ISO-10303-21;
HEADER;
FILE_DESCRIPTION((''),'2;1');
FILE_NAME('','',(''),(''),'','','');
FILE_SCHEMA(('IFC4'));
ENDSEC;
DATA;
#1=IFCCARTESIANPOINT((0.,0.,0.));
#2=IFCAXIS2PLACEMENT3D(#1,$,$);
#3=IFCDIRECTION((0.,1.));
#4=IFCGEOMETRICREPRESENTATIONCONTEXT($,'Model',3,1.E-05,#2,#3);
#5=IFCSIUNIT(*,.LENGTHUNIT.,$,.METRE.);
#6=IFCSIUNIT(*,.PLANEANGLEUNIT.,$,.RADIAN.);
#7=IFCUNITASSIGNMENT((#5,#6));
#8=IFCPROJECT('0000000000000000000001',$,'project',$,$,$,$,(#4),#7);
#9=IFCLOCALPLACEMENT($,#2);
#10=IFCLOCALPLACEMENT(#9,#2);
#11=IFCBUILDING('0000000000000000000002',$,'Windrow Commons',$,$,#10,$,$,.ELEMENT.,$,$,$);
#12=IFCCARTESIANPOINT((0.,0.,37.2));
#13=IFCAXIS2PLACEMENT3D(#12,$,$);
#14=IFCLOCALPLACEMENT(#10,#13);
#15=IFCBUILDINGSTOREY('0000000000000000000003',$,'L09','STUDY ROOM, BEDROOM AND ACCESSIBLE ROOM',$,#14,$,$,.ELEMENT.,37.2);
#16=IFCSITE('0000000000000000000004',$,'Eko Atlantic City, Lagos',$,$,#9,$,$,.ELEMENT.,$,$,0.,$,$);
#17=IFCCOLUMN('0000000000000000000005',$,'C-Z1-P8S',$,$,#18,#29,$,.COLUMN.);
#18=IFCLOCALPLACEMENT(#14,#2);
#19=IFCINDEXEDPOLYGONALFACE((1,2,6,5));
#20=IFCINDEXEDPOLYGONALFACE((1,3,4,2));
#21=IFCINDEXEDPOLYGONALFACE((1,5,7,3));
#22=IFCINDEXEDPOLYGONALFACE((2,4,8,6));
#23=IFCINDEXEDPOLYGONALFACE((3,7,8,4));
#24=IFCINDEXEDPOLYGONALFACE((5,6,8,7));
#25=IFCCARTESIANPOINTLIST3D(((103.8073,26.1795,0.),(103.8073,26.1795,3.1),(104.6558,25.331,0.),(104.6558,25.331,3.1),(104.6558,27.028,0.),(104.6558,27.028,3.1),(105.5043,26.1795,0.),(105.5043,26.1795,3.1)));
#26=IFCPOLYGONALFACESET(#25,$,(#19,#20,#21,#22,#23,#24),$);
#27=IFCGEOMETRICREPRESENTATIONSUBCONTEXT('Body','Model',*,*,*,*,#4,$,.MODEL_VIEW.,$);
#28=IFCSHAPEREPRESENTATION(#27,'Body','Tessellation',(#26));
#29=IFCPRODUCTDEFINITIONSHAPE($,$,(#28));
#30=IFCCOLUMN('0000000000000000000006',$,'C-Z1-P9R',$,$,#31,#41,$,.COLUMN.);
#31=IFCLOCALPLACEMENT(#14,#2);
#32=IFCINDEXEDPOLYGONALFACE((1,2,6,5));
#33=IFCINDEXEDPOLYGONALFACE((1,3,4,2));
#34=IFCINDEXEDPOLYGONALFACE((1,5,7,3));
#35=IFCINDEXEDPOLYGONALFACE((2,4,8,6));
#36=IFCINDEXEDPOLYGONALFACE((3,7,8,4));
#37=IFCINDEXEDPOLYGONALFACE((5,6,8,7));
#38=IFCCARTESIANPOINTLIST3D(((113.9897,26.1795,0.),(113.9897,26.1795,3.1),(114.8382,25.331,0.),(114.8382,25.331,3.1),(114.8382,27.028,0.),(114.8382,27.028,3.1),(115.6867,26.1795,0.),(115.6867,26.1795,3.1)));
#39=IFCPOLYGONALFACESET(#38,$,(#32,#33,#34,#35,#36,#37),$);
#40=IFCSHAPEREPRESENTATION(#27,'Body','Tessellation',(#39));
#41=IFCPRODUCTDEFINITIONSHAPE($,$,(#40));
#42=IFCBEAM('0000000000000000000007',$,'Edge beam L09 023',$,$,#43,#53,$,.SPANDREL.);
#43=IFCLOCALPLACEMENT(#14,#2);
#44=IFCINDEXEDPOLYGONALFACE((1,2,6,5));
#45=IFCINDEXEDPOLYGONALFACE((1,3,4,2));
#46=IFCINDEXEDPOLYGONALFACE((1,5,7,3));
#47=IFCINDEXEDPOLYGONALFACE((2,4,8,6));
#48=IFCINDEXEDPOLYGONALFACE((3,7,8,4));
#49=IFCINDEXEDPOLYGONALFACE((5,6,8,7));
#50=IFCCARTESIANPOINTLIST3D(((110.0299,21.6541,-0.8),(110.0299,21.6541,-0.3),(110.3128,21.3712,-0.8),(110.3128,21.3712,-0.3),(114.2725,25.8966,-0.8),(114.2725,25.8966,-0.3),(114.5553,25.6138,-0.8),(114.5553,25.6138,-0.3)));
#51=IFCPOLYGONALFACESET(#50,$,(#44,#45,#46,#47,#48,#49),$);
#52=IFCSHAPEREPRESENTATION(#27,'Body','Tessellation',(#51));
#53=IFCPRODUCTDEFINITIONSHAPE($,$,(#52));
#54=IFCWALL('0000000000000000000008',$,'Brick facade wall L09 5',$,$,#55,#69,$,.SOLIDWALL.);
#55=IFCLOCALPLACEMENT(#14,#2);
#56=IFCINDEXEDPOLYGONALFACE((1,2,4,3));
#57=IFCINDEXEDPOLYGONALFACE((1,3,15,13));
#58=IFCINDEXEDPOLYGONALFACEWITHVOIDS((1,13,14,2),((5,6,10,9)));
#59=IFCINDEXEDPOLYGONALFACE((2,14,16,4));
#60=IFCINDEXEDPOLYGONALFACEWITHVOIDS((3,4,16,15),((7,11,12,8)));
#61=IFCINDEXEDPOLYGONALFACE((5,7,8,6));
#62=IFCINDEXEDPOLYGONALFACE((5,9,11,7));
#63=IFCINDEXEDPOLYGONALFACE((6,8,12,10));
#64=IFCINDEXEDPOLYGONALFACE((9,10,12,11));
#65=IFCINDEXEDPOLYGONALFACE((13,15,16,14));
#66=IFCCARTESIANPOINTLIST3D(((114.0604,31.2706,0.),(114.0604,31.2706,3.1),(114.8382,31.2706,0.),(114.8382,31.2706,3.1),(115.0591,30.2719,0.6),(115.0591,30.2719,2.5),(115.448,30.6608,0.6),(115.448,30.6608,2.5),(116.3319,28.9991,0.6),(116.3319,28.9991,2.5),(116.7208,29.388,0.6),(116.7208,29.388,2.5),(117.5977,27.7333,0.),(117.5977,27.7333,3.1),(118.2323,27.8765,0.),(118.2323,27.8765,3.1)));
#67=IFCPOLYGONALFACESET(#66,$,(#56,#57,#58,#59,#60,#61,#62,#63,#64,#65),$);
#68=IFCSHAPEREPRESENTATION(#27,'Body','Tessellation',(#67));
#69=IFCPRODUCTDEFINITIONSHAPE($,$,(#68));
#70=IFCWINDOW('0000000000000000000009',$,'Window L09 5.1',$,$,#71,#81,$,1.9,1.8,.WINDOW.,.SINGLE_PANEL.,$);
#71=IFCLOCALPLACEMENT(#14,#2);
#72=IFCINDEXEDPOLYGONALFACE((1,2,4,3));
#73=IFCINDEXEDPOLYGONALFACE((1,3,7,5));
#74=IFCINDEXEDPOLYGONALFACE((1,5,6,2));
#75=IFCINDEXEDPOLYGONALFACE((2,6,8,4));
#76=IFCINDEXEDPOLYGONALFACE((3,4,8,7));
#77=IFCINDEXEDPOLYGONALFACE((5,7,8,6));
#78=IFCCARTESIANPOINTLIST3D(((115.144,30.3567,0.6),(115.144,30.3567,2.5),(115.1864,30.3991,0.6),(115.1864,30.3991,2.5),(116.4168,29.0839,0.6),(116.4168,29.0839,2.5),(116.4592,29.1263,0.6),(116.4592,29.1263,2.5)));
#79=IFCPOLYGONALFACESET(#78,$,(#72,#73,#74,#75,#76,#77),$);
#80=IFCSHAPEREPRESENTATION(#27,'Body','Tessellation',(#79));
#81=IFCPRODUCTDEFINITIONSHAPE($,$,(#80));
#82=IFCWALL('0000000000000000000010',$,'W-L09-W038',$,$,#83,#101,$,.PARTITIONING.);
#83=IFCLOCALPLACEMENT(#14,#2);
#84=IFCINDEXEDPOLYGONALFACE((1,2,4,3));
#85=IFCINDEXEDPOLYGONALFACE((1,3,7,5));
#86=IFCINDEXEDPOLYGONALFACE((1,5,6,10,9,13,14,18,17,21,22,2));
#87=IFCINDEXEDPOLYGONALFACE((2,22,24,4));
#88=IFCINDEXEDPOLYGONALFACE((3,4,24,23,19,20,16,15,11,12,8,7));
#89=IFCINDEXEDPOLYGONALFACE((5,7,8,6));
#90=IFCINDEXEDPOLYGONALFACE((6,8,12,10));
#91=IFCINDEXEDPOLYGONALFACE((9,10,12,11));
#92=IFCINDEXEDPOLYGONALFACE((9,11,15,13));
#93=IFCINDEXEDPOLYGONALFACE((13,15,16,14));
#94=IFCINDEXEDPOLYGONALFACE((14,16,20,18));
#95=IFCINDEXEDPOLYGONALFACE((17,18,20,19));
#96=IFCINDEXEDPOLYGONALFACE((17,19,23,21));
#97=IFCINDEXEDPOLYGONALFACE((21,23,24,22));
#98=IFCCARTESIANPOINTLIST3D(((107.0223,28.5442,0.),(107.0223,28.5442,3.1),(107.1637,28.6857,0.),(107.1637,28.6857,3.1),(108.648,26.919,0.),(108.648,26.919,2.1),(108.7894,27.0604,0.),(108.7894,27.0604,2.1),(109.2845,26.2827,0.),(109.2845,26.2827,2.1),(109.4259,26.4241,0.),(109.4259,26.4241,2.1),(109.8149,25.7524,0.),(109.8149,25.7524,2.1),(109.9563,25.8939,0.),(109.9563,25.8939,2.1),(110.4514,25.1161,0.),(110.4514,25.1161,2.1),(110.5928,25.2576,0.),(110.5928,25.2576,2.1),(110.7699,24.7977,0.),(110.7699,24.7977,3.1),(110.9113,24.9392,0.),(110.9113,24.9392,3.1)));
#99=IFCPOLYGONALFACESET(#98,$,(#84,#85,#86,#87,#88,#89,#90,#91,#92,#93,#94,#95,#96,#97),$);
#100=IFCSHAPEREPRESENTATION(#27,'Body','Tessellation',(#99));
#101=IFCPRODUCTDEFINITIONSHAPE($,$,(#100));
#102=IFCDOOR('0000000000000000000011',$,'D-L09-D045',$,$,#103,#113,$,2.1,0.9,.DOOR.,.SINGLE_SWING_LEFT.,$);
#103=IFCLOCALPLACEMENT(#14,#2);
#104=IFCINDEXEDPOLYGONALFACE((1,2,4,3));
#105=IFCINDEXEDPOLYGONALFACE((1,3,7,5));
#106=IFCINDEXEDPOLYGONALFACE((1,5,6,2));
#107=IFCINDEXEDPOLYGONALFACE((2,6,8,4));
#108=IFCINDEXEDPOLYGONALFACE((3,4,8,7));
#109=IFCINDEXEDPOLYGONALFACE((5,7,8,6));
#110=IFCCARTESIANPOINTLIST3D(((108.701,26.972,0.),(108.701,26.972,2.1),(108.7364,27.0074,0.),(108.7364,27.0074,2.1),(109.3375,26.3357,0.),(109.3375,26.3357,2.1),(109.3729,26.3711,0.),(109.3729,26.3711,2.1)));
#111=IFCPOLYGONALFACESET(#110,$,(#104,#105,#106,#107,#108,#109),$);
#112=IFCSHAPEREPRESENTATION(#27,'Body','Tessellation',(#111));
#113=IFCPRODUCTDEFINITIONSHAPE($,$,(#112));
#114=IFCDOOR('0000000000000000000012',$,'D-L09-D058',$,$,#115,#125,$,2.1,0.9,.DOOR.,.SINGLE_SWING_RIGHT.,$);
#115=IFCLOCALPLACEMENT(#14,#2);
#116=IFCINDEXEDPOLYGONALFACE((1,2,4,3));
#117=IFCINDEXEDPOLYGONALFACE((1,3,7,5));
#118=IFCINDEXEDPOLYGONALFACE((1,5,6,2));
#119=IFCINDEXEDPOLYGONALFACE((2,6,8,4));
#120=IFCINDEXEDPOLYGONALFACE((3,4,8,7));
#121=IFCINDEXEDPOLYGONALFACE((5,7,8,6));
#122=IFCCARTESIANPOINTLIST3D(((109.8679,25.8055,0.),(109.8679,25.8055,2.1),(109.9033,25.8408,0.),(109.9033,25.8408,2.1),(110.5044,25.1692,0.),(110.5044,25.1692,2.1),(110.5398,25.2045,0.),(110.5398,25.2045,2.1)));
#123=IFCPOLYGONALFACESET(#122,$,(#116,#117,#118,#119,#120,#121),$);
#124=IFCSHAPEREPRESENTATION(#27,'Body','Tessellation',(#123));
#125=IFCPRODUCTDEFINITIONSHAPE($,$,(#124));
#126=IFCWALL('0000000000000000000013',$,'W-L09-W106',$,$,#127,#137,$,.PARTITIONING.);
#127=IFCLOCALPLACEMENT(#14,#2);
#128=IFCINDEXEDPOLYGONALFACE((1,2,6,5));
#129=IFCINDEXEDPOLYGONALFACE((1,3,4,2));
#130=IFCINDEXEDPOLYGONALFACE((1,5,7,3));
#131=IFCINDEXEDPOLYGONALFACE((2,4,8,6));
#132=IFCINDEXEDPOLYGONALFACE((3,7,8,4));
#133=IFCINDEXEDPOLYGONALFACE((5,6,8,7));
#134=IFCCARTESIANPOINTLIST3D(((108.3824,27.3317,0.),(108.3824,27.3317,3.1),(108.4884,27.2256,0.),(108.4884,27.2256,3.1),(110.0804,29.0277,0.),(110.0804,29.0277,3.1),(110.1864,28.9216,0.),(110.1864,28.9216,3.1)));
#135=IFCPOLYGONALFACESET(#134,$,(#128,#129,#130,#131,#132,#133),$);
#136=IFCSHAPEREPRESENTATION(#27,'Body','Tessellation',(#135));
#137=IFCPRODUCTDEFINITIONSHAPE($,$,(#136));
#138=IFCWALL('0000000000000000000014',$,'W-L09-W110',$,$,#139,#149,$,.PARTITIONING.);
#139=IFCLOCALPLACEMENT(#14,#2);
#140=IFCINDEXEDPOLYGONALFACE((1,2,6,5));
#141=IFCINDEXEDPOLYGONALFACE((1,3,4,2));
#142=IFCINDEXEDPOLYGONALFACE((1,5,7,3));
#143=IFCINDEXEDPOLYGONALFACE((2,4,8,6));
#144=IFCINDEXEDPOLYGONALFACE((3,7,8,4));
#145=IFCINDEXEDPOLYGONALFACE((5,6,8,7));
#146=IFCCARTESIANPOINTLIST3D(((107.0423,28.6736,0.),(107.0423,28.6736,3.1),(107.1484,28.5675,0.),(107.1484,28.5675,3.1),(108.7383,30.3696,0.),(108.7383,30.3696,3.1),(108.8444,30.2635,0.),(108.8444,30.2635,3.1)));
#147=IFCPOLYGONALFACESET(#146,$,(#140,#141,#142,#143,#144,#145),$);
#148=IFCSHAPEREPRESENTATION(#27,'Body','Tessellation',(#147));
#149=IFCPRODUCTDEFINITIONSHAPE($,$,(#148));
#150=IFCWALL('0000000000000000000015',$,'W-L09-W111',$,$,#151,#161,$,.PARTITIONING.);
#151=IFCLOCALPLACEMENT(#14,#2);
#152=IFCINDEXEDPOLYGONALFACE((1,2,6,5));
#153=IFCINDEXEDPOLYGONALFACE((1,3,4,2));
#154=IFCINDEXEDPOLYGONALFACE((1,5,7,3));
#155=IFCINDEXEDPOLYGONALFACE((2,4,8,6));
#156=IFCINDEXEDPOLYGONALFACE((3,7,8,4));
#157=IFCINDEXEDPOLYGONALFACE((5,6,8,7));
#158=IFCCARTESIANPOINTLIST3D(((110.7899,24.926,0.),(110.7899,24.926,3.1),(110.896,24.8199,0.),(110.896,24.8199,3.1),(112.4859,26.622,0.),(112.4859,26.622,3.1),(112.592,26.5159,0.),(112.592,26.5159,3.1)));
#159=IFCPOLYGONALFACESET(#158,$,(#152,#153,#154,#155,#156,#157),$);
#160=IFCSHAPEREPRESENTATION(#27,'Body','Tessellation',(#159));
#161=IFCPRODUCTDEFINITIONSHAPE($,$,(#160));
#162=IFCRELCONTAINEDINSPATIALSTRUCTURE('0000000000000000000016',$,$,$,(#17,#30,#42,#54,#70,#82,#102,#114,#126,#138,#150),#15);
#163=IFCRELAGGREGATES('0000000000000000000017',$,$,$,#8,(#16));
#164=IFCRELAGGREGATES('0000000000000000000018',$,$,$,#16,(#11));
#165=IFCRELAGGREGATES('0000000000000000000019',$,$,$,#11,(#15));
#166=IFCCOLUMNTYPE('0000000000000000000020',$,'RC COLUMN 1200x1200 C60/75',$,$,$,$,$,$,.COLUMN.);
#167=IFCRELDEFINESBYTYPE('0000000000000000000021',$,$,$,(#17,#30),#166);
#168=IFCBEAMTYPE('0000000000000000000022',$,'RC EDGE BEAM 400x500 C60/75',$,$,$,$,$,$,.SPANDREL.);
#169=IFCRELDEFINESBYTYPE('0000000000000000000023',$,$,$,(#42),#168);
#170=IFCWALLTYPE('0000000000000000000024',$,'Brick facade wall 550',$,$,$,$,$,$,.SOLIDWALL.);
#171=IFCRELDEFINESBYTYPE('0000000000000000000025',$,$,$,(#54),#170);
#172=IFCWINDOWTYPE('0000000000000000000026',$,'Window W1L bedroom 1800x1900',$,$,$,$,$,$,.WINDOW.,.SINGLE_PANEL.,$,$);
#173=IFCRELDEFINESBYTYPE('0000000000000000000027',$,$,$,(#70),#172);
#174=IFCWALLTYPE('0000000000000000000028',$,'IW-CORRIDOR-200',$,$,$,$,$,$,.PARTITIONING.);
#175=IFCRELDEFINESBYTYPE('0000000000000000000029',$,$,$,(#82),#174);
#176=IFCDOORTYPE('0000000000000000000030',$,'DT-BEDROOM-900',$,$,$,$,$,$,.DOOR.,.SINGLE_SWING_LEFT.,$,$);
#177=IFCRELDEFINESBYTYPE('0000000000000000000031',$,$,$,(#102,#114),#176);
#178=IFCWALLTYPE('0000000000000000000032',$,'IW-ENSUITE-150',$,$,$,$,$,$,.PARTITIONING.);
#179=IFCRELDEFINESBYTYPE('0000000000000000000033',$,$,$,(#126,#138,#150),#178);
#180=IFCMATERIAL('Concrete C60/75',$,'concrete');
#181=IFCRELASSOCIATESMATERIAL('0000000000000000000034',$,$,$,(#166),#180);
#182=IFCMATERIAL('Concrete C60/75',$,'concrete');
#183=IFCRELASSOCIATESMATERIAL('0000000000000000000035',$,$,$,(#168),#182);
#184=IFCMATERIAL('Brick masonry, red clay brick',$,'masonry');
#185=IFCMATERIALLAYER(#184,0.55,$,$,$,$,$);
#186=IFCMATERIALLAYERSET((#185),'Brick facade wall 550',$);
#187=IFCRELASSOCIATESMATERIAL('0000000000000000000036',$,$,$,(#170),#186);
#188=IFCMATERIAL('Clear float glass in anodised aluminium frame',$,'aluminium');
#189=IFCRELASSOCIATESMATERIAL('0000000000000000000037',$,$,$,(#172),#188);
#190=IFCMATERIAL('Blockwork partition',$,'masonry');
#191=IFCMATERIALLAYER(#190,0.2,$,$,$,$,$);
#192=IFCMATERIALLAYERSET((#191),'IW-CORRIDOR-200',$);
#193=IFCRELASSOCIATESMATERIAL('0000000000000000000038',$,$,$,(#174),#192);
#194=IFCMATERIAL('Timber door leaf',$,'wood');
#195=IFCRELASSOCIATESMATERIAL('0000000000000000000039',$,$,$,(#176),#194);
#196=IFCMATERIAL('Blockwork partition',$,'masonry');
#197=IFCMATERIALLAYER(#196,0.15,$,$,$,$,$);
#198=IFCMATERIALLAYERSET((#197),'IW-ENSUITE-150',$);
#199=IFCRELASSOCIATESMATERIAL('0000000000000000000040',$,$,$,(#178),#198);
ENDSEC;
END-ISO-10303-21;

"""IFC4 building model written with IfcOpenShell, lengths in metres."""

from ifc_helpers import new_model, si_unit, direction, frame, frame_2d, origin, origin_2d, place, context, subcontext, project, spatial, polyline, rectangle, outline, extrude, material, layer, layer_set, material_profile, profile_set, type_object, element, fill, save


model = new_model("IFC4")

# Units and contexts
model_context = context("Model", 3, precision=1e-05, world=origin(), true_north=direction((0.0, 1.0)))
body_context = subcontext(model_context, "Body", "Model", "MODEL_VIEW")
ifc_project = project(units=[si_unit("LENGTHUNIT", "METRE"), si_unit("PLANEANGLEUNIT", "RADIAN")], contexts=[model_context])

# Site, building, storey
site_placement = place(None, origin())
site = spatial("IfcSite", under=ifc_project, at=site_placement, Name="Eko Atlantic City, Lagos", CompositionType="ELEMENT", RefElevation=0.0)
building_placement = place(site_placement, origin())
building = spatial("IfcBuilding", under=site, at=building_placement, Name="Windrow Commons", CompositionType="ELEMENT")
storey_placement = place(building_placement, frame((0.0, 0.0, 37.2)))
storey = spatial("IfcBuildingStorey", under=building, at=storey_placement, Name="L09", Description="STUDY ROOM, BEDROOM AND ACCESSIBLE ROOM", CompositionType="ELEMENT", Elevation=37.2)

# Columns
ifc_material_1 = material(Name="Concrete C60/75", Category="concrete")
ifc_material_profile_1 = material_profile(ifc_material_1, rectangle(XDim=1.2, YDim=1.2, at=origin_2d()))
ifc_profile_set_1 = profile_set([ifc_material_profile_1], Name="Concrete C60/75")
column_type = type_object("IfcColumnType", Name="RC COLUMN 1200x1200 C60/75", PredefinedType="COLUMN", material=ifc_profile_set_1)
for number, where, z_axis, x_axis, name in (
    (1, (104.6558, 26.1795, 0.0), (0.0, 0.0, 1.0), (0.707107, -0.707107, 0.0), "C-Z1-P8S"),
    (2, (114.8382, 26.1795, 0.0), (0.0, 0.0, 1.0), (0.707107, -0.707107, 0.0), "C-Z1-P9R"),
):
    element("IfcColumn", number, at=place(storey_placement, frame(where, z_axis=z_axis, x_axis=x_axis)), inside=storey, type_object=column_type, Name=name, PredefinedType="COLUMN", context=body_context, shape_type="SweptSolid", body=[
        extrude(rectangle(XDim=1.2, YDim=1.2, at=origin_2d()), origin(), (0.0, 0.0, 1.0), 3.1),
    ])

# Beam
ifc_material_2 = material(Name="Concrete C60/75", Category="concrete")
ifc_material_profile_2 = material_profile(ifc_material_2, rectangle(XDim=0.4, YDim=0.5, at=origin_2d()))
ifc_profile_set_2 = profile_set([ifc_material_profile_2], Name="Concrete C60/75")
beam_type = type_object("IfcBeamType", Name="RC EDGE BEAM 400x500 C60/75", PredefinedType="SPANDREL", material=ifc_profile_set_2)
beam_placement = place(storey_placement, frame((114.4139, 25.7552, -0.55), z_axis=(-0.707107, -0.707107, 0.0), x_axis=(0.707107, -0.707107, 0.0)))
element("IfcBeam", 3, at=beam_placement, inside=storey, type_object=beam_type, Name="Edge beam L09 023", PredefinedType="SPANDREL", context=body_context, shape_type="SweptSolid", body=[
    extrude(rectangle(XDim=0.4, YDim=0.5, at=origin_2d()), origin(), (0.0, 0.0, 1.0), 5.9999),
])

# Wall, opening, window
ifc_material_3 = material(Name="Brick masonry, red clay brick", Category="masonry")
ifc_layer_1 = layer(ifc_material_3, 0.55)
ifc_layer_set_1 = layer_set([ifc_layer_1], Name="Brick facade wall 550")
wall_type_1 = type_object("IfcWallType", Name="Brick facade wall 550", PredefinedType="SOLIDWALL", material=ifc_layer_set_1)
wall_1_placement = place(storey_placement, frame((117.915, 27.8049, 0.0), z_axis=(0.0, 0.0, 1.0), x_axis=(-0.707107, 0.707107, 0.0)))
wall_1 = element("IfcWall", 4, at=wall_1_placement, inside=storey, type_object=wall_type_1, Name="Brick facade wall L09 5", PredefinedType="SOLIDWALL", context=body_context, shape_type="SweptSolid", body=[
    extrude(outline(polyline([(-0.1738, -0.275), (4.6262, -0.275), (5.1762, 0.275), (0.1738, 0.275), (-0.1738, -0.275)])), origin(), (0.0, 0.0, 1.0), 3.1),
])
opening_1_placement = place(wall_1_placement, frame((1.9638, 0.0, 0.6)))
opening_1 = element("IfcOpeningElement", 5, at=opening_1_placement, cuts=wall_1, PredefinedType="OPENING", context=body_context, shape_type="SweptSolid", body=[
    extrude(rectangle(XDim=1.8, YDim=1.9, at=frame_2d((0.9, 0.95))), frame((0.0, 0.285, 0.0), z_axis=(0.0, -1.0, 0.0), x_axis=(1.0, 0.0, 0.0)), (0.0, 0.0, 1.0), 0.57),
])
ifc_material_4 = material(Name="Clear float glass in anodised aluminium frame", Category="aluminium")
window_type = type_object("IfcWindowType", Name="Window W1L bedroom 1800x1900", PartitioningType="SINGLE_PANEL", PredefinedType="WINDOW", material=ifc_material_4)
window_placement = place(opening_1_placement, origin())
window = element("IfcWindow", 6, at=window_placement, inside=storey, type_object=window_type, Name="Window L09 5.1", OverallHeight=1.9, OverallWidth=1.8, PartitioningType="SINGLE_PANEL", PredefinedType="WINDOW", context=body_context, shape_type="SweptSolid", body=[
    extrude(rectangle(XDim=1.8, YDim=1.9, at=frame_2d((0.9, 0.95))), frame((0.0, 0.155, 0.0), z_axis=(0.0, -1.0, 0.0), x_axis=(1.0, 0.0, 0.0)), (0.0, 0.0, 1.0), 0.06),
])
fill(opening_1, window)

# Wall, openings, doors
ifc_material_5 = material(Name="Blockwork partition", Category="masonry")
ifc_layer_2 = layer(ifc_material_5, 0.2)
ifc_layer_set_2 = layer_set([ifc_layer_2], Name="IW-CORRIDOR-200")
wall_type_2 = type_object("IfcWallType", Name="IW-CORRIDOR-200", PredefinedType="PARTITIONING", material=ifc_layer_set_2)
wall_2_placement = place(storey_placement, frame((107.093, 28.615, 0.0), z_axis=(0.0, 0.0, 1.0), x_axis=(0.707201, -0.707012, 0.0)))
wall_2 = element("IfcWall", 7, at=wall_2_placement, inside=storey, type_object=wall_type_2, Name="W-L09-W038", PredefinedType="PARTITIONING", context=body_context, shape_type="SweptSolid", body=[
    extrude(rectangle(XDim=5.2991, YDim=0.2, at=frame_2d((2.6496, 0.0))), origin(), (0.0, 0.0, 1.0), 3.1),
])
opening_2_placement = place(wall_2_placement, frame((2.2988, 0.0, 0.0)))
opening_2 = element("IfcOpeningElement", 8, at=opening_2_placement, cuts=wall_2, PredefinedType="OPENING", context=body_context, shape_type="SweptSolid", body=[
    extrude(rectangle(XDim=0.9, YDim=2.1, at=frame_2d((0.45, 1.05))), frame((0.0, 0.11, 0.0), z_axis=(0.0, -1.0, 0.0), x_axis=(1.0, 0.0, 0.0)), (0.0, 0.0, 1.0), 0.22),
])
opening_3_placement = place(wall_2_placement, frame((3.9488, 0.0, 0.0)))
opening_3 = element("IfcOpeningElement", 9, at=opening_3_placement, cuts=wall_2, PredefinedType="OPENING", context=body_context, shape_type="SweptSolid", body=[
    extrude(rectangle(XDim=0.9, YDim=2.1, at=frame_2d((0.45, 1.05))), frame((0.0, 0.11, 0.0), z_axis=(0.0, -1.0, 0.0), x_axis=(1.0, 0.0, 0.0)), (0.0, 0.0, 1.0), 0.22),
])
ifc_material_6 = material(Name="Timber door leaf", Category="wood")
door_type_1 = type_object("IfcDoorType", Name="DT-BEDROOM-900", OperationType="SINGLE_SWING_LEFT", PredefinedType="DOOR", material=ifc_material_6)
door_1_placement = place(opening_2_placement, origin())
door_1 = element("IfcDoor", 10, at=door_1_placement, inside=storey, type_object=door_type_1, Name="D-L09-D045", OperationType="SINGLE_SWING_LEFT", OverallHeight=2.1, OverallWidth=0.9, PredefinedType="DOOR", context=body_context, shape_type="SweptSolid", body=[
    extrude(rectangle(XDim=0.9, YDim=2.1, at=frame_2d((0.45, 1.05))), frame((0.0, 0.025, 0.0), z_axis=(0.0, -1.0, 0.0), x_axis=(1.0, 0.0, 0.0)), (0.0, 0.0, 1.0), 0.05),
])
fill(opening_2, door_1)
door_2_placement = place(opening_3_placement, origin())
door_2 = element("IfcDoor", 11, at=door_2_placement, inside=storey, type_object=door_type_1, Name="D-L09-D058", OperationType="SINGLE_SWING_RIGHT", OverallHeight=2.1, OverallWidth=0.9, PredefinedType="DOOR", context=body_context, shape_type="SweptSolid", body=[
    extrude(rectangle(XDim=0.9, YDim=2.1, at=frame_2d((0.45, 1.05))), frame((0.0, 0.025, 0.0), z_axis=(0.0, -1.0, 0.0), x_axis=(1.0, 0.0, 0.0)), (0.0, 0.0, 1.0), 0.05),
])
fill(opening_3, door_2)

# Walls
ifc_material_7 = material(Name="Blockwork partition", Category="masonry")
ifc_layer_3 = layer(ifc_material_7, 0.15)
ifc_layer_set_3 = layer_set([ifc_layer_3], Name="IW-ENSUITE-150")
wall_type_3 = type_object("IfcWallType", Name="IW-ENSUITE-150", PredefinedType="PARTITIONING", material=ifc_layer_set_3)
wall_3_placement = place(storey_placement, frame((108.4354, 27.2786, 0.0), z_axis=(0.0, 0.0, 1.0), x_axis=(0.707523, 0.70669, 0.0)))
element("IfcWall", 12, at=wall_3_placement, inside=storey, type_object=wall_type_3, Name="W-L09-W106", PredefinedType="PARTITIONING", context=body_context, shape_type="SweptSolid", body=[
    extrude(rectangle(XDim=2.3999, YDim=0.15, at=frame_2d((1.2, 0.0))), origin(), (0.0, 0.0, 1.0), 3.1),
])
for number, where, z_axis, x_axis, name in (
    (13, (107.0954, 28.6206, 0.0), (0.0, 0.0, 1.0), (0.707107, 0.707107, 0.0), "W-L09-W110"),
    (14, (110.843, 24.873, 0.0), (0.0, 0.0, 1.0), (0.707107, 0.707107, 0.0), "W-L09-W111"),
):
    element("IfcWall", number, at=place(storey_placement, frame(where, z_axis=z_axis, x_axis=x_axis)), inside=storey, type_object=wall_type_3, Name=name, PredefinedType="PARTITIONING", context=body_context, shape_type="SweptSolid", body=[
        extrude(rectangle(XDim=2.3985, YDim=0.15, at=frame_2d((1.1992, 0.0))), origin(), (0.0, 0.0, 1.0), 3.1),
    ])

save(model, "model.ifc")
